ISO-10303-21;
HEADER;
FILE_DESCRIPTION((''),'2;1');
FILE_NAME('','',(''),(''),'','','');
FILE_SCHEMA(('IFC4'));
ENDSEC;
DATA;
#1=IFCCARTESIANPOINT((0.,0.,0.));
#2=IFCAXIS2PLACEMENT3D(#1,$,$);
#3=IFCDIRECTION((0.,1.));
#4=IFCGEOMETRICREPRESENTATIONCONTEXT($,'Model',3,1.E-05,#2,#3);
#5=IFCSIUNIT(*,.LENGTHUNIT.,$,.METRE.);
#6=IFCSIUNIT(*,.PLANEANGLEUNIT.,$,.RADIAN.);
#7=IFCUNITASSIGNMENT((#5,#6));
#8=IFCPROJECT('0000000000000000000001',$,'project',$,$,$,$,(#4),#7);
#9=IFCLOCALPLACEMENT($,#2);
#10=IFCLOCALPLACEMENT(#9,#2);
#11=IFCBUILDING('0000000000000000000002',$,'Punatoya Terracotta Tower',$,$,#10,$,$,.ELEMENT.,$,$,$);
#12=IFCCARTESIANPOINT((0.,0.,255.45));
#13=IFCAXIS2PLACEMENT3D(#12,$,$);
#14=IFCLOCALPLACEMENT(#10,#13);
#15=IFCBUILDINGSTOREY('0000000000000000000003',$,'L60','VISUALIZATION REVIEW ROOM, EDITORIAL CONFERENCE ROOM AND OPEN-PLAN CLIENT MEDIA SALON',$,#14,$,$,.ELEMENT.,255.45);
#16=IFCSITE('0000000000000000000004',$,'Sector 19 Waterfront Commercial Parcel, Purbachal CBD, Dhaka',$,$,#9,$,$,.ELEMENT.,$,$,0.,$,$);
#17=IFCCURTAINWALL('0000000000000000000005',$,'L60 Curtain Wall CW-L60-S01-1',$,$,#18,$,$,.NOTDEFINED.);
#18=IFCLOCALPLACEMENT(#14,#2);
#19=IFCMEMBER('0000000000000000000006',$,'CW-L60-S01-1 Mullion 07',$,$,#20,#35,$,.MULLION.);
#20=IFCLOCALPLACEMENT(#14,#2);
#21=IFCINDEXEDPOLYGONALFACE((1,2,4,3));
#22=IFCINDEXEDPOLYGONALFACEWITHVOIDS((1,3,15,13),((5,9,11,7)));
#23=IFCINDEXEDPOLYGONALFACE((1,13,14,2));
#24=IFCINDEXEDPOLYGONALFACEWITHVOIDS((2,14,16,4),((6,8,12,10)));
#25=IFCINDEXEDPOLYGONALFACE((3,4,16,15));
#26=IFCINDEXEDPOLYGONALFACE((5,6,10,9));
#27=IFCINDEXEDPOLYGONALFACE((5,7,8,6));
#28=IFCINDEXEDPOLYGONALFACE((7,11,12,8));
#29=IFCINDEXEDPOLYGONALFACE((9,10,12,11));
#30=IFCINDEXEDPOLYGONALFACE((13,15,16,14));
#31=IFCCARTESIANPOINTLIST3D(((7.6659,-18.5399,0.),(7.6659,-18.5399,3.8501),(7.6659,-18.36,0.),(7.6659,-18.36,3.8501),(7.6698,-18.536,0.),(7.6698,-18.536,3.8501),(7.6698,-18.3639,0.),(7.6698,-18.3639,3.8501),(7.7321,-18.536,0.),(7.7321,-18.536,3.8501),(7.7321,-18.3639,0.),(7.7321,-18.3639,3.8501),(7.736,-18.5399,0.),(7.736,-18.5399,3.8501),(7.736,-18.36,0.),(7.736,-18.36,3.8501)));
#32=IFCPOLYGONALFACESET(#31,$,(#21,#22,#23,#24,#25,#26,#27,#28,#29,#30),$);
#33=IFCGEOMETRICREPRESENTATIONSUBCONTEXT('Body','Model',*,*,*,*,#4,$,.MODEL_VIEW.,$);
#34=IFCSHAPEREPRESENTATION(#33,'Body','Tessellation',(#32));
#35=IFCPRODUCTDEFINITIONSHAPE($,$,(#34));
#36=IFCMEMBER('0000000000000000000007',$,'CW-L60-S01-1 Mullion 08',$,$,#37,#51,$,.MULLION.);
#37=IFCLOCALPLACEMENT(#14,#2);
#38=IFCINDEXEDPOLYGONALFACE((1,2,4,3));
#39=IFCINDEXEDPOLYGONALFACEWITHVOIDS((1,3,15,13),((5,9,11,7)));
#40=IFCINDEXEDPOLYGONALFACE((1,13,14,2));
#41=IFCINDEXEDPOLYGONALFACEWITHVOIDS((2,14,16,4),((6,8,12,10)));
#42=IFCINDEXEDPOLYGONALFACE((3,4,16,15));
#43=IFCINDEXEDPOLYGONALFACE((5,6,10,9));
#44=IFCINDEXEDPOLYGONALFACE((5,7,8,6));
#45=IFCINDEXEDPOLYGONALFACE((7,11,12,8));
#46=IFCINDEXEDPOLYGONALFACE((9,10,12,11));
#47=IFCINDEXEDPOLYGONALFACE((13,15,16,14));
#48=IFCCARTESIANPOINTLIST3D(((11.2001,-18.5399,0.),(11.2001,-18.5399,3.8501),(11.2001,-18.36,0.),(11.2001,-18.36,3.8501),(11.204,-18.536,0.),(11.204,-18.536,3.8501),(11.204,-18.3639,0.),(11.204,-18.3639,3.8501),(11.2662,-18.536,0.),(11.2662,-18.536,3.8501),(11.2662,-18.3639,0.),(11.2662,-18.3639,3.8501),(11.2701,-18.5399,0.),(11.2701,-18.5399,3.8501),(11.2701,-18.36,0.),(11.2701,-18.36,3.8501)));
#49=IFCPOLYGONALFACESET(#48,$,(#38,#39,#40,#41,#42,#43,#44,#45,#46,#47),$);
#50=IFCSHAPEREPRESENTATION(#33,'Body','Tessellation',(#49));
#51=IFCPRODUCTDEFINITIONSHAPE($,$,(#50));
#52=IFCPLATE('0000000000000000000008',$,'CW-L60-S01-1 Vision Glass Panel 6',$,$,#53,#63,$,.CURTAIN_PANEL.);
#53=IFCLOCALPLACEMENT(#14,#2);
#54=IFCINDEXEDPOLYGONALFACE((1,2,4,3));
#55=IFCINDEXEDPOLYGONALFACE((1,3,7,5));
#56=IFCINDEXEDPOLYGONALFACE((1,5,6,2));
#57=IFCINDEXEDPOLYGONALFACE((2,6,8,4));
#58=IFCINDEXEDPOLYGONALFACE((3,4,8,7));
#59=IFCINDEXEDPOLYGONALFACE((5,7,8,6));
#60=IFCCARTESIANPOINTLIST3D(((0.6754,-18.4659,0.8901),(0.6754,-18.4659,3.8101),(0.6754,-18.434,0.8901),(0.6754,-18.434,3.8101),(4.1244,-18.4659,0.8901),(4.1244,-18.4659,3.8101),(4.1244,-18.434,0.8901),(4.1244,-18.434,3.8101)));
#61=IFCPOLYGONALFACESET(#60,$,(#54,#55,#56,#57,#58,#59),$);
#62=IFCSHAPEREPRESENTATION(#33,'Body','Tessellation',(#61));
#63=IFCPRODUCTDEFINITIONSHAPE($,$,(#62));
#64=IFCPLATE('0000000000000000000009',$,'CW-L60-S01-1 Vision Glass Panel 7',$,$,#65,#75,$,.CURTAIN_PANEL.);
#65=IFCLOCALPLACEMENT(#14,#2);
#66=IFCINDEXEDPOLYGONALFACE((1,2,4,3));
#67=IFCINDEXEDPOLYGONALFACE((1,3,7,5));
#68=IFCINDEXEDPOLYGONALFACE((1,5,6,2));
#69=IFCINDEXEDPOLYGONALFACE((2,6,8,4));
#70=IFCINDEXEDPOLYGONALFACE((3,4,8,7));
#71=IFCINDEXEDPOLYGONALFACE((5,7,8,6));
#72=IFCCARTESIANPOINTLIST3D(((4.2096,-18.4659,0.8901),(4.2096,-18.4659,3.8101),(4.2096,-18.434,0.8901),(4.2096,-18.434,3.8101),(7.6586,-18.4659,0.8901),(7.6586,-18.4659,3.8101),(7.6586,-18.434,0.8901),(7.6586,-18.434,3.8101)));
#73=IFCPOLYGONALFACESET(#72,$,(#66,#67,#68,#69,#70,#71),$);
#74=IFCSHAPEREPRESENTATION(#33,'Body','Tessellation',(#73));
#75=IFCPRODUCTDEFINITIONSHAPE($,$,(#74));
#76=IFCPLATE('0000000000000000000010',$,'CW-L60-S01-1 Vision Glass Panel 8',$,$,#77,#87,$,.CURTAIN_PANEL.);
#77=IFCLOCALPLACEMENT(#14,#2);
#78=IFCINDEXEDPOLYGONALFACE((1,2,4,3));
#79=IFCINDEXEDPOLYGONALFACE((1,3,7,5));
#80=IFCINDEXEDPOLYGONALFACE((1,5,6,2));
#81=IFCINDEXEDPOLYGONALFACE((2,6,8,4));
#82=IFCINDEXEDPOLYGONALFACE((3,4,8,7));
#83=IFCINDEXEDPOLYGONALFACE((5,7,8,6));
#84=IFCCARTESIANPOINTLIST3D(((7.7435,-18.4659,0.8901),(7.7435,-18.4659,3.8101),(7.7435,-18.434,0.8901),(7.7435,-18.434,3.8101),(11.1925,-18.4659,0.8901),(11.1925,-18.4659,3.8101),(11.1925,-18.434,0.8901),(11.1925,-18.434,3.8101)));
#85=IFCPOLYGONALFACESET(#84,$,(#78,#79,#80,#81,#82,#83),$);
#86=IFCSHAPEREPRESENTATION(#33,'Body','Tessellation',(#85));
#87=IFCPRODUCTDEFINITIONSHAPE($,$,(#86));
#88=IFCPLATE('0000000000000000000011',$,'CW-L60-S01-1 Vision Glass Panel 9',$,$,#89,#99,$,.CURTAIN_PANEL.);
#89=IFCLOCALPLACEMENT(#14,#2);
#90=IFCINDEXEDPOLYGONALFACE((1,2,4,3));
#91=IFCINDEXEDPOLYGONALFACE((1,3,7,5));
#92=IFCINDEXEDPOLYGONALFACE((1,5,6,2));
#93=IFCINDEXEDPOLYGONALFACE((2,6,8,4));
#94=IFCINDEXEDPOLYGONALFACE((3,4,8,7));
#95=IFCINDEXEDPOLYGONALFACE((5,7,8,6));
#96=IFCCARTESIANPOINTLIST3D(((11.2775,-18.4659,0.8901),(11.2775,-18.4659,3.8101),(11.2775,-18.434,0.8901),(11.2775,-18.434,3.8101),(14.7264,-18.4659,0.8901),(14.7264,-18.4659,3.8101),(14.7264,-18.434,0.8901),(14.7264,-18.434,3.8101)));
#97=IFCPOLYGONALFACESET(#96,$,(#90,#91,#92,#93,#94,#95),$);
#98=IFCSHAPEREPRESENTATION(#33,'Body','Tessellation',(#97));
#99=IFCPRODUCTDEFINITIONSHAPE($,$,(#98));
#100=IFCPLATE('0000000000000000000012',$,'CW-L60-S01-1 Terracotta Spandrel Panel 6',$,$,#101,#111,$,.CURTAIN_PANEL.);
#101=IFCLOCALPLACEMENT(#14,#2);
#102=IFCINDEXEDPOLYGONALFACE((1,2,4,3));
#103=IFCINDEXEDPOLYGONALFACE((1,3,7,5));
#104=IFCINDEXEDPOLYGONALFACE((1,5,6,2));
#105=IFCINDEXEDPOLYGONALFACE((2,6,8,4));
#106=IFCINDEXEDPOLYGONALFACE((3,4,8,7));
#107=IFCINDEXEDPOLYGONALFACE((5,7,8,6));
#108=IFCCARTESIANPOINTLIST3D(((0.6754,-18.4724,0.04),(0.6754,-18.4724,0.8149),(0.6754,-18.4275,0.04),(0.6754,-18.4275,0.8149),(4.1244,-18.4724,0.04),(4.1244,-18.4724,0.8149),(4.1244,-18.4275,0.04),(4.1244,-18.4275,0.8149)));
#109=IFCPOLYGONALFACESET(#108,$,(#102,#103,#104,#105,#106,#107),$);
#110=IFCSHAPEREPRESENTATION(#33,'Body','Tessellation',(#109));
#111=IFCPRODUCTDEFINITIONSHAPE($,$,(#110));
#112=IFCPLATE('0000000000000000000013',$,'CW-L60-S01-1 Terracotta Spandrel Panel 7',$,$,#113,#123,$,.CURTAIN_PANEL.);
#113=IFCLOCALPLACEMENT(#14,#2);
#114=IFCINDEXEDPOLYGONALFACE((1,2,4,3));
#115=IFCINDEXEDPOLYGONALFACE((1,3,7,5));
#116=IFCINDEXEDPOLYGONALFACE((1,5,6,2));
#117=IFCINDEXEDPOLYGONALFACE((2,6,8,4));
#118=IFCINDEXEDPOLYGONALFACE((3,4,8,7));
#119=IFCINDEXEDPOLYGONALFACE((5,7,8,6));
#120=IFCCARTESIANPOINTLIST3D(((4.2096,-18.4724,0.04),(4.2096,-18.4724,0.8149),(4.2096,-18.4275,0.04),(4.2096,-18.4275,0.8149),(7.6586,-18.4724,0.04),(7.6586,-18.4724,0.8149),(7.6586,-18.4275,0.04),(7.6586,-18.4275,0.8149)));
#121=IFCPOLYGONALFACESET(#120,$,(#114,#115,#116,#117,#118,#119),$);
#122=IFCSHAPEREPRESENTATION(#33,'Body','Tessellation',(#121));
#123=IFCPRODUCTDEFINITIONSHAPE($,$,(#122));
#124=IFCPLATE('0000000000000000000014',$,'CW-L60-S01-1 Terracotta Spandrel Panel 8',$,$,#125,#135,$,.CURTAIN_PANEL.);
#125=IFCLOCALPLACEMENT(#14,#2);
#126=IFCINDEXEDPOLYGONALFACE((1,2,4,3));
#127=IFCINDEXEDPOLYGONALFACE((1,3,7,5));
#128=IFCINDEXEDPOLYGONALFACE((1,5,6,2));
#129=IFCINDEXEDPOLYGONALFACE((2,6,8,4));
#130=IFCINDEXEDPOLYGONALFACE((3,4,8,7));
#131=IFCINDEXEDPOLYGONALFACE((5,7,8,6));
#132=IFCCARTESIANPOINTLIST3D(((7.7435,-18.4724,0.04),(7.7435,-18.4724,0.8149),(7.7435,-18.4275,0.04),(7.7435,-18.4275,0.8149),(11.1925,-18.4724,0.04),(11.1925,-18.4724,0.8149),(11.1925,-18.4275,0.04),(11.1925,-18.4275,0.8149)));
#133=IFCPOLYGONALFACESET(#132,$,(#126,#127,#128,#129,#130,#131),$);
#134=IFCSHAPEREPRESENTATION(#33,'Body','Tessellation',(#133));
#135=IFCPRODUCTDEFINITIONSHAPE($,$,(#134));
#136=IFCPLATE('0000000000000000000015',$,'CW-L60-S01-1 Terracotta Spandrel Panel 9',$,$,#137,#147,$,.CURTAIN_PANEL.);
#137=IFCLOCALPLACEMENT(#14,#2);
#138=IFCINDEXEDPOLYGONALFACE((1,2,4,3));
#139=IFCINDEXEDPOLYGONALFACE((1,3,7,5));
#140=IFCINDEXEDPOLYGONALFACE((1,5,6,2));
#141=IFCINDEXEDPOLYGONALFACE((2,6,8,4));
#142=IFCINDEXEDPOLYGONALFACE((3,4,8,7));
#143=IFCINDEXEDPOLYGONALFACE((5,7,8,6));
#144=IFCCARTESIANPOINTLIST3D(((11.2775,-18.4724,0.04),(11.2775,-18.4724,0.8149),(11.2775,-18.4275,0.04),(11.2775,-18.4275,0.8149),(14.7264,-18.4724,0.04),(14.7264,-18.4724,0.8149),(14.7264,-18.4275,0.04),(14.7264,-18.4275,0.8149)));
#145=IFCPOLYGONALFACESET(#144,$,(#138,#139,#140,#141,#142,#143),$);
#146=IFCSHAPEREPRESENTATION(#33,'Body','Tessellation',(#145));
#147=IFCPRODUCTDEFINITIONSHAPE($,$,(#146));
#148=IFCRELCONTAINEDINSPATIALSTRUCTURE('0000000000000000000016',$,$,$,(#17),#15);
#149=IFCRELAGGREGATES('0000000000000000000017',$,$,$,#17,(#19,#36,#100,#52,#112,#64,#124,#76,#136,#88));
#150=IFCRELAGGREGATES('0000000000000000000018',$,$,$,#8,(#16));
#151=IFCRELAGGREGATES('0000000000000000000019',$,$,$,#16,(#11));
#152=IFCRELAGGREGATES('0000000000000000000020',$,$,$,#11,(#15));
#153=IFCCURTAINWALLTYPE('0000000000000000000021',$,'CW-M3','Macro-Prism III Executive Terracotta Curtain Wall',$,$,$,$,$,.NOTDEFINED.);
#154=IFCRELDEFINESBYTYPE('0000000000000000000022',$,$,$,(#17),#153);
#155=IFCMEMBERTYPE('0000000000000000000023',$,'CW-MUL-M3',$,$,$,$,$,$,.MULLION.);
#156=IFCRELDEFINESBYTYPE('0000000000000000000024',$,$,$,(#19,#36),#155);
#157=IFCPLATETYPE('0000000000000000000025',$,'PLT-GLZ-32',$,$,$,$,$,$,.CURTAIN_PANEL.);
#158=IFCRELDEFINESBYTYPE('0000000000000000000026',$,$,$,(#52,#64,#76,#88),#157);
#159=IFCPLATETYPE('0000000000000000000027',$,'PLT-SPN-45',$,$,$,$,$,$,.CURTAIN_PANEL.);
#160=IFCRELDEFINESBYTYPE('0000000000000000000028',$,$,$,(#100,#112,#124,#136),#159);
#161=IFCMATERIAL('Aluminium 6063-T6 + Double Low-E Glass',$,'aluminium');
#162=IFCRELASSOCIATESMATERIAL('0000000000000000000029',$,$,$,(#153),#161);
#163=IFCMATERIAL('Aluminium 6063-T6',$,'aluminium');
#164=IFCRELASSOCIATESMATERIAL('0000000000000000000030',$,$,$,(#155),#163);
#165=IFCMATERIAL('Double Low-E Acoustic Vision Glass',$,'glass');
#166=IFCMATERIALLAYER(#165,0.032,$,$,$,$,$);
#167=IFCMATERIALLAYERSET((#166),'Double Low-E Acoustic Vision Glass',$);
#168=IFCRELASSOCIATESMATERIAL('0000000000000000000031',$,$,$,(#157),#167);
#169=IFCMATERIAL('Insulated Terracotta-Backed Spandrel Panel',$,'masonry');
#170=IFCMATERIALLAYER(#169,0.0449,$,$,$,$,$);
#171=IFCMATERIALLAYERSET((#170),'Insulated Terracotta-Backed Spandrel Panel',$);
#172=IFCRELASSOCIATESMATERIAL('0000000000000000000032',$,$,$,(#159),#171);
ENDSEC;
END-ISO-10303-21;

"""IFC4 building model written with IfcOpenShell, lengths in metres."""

from ifc_helpers import new_model, si_unit, direction, frame, origin, origin_2d, place, context, subcontext, project, spatial, rectangle, hollow_rectangle, extrude, material, layer, layer_set, material_profile, profile_set, type_object, element, aggregate, save


model = new_model("IFC4")

# Units and contexts
model_context = context("Model", 3, precision=1e-05, world=origin(), true_north=direction((0.0, 1.0)))
body_context = subcontext(model_context, "Body", "Model", "MODEL_VIEW")
ifc_project = project(units=[si_unit("LENGTHUNIT", "METRE"), si_unit("PLANEANGLEUNIT", "RADIAN")], contexts=[model_context])

# Site, building, storey
site_placement = place(None, origin())
site = spatial("IfcSite", under=ifc_project, at=site_placement, Name="Sector 19 Waterfront Commercial Parcel, Purbachal CBD, Dhaka", CompositionType="ELEMENT", RefElevation=0.0)
building_placement = place(site_placement, origin())
building = spatial("IfcBuilding", under=site, at=building_placement, Name="Punatoya Terracotta Tower", CompositionType="ELEMENT")
storey_placement = place(building_placement, frame((0.0, 0.0, 255.45)))
storey = spatial("IfcBuildingStorey", under=building, at=storey_placement, Name="L60", Description="VISUALIZATION REVIEW ROOM, EDITORIAL CONFERENCE ROOM AND OPEN-PLAN CLIENT MEDIA SALON", CompositionType="ELEMENT", Elevation=255.45)

# Curtain wall, members, plates
ifc_material_1 = material(Name="Aluminium 6063-T6 + Double Low-E Glass", Category="aluminium")
curtain_wall_type = type_object("IfcCurtainWallType", Name="CW-M3", Description="Macro-Prism III Executive Terracotta Curtain Wall", PredefinedType="NOTDEFINED", material=ifc_material_1)
curtain_wall_placement = place(storey_placement, origin())
curtain_wall = element("IfcCurtainWall", 1, at=curtain_wall_placement, inside=storey, type_object=curtain_wall_type, Name="L60 Curtain Wall CW-L60-S01-1", PredefinedType="NOTDEFINED")
ifc_material_2 = material(Name="Aluminium 6063-T6", Category="aluminium")
ifc_material_profile_1 = material_profile(ifc_material_2, hollow_rectangle(XDim=0.0701, YDim=0.1799, WallThickness=0.0039, at=origin_2d()))
ifc_profile_set_1 = profile_set([ifc_material_profile_1], Name="Aluminium 6063-T6")
member_type = type_object("IfcMemberType", Name="CW-MUL-M3", PredefinedType="MULLION", material=ifc_profile_set_1)
member_1_placement = place(storey_placement, frame((7.7009, -18.45, 0.0), z_axis=(0.0, 0.0, 1.0), x_axis=(1.0, 0.0, 0.0)))
member_1 = element("IfcMember", 2, at=member_1_placement, type_object=member_type, Name="CW-L60-S01-1 Mullion 07", PredefinedType="MULLION", context=body_context, shape_type="SweptSolid", body=[
    extrude(hollow_rectangle(XDim=0.0701, YDim=0.1799, WallThickness=0.0039, at=origin_2d()), origin(), (0.0, 0.0, 1.0), 3.8501),
])
member_2_placement = place(storey_placement, frame((11.2351, -18.45, 0.0), z_axis=(0.0, 0.0, 1.0), x_axis=(1.0, 0.0, 0.0)))
member_2 = element("IfcMember", 3, at=member_2_placement, type_object=member_type, Name="CW-L60-S01-1 Mullion 08", PredefinedType="MULLION", context=body_context, shape_type="SweptSolid", body=[
    extrude(hollow_rectangle(XDim=0.0701, YDim=0.1799, WallThickness=0.0039, at=origin_2d()), origin(), (0.0, 0.0, 1.0), 3.8501),
])
ifc_material_3 = material(Name="Double Low-E Acoustic Vision Glass", Category="glass")
ifc_layer_1 = layer(ifc_material_3, 0.032)
ifc_layer_set_1 = layer_set([ifc_layer_1], Name="Double Low-E Acoustic Vision Glass")
plate_type_1 = type_object("IfcPlateType", Name="PLT-GLZ-32", PredefinedType="CURTAIN_PANEL", material=ifc_layer_set_1)
plate_1_placement = place(storey_placement, frame((2.3999, -18.45, 0.8901), z_axis=(0.0, 0.0, 1.0), x_axis=(1.0, 0.0, 0.0)))
plate_1 = element("IfcPlate", 4, at=plate_1_placement, type_object=plate_type_1, Name="CW-L60-S01-1 Vision Glass Panel 6", PredefinedType="CURTAIN_PANEL", context=body_context, shape_type="SweptSolid", body=[
    extrude(rectangle(XDim=3.449, YDim=0.032, at=origin_2d()), origin(), (0.0, 0.0, 1.0), 2.9199),
])
plate_2_placement = place(storey_placement, frame((5.9341, -18.45, 0.8901), z_axis=(0.0, 0.0, 1.0), x_axis=(1.0, 0.0, 0.0)))
plate_2 = element("IfcPlate", 5, at=plate_2_placement, type_object=plate_type_1, Name="CW-L60-S01-1 Vision Glass Panel 7", PredefinedType="CURTAIN_PANEL", context=body_context, shape_type="SweptSolid", body=[
    extrude(rectangle(XDim=3.449, YDim=0.032, at=origin_2d()), origin(), (0.0, 0.0, 1.0), 2.9199),
])
plate_3_placement = place(storey_placement, frame((9.468, -18.45, 0.8901), z_axis=(0.0, 0.0, 1.0), x_axis=(1.0, 0.0, 0.0)))
plate_3 = element("IfcPlate", 6, at=plate_3_placement, type_object=plate_type_1, Name="CW-L60-S01-1 Vision Glass Panel 8", PredefinedType="CURTAIN_PANEL", context=body_context, shape_type="SweptSolid", body=[
    extrude(rectangle(XDim=3.449, YDim=0.032, at=origin_2d()), origin(), (0.0, 0.0, 1.0), 2.9199),
])
plate_4_placement = place(storey_placement, frame((13.002, -18.45, 0.8901), z_axis=(0.0, 0.0, 1.0), x_axis=(1.0, 0.0, 0.0)))
plate_4 = element("IfcPlate", 7, at=plate_4_placement, type_object=plate_type_1, Name="CW-L60-S01-1 Vision Glass Panel 9", PredefinedType="CURTAIN_PANEL", context=body_context, shape_type="SweptSolid", body=[
    extrude(rectangle(XDim=3.449, YDim=0.032, at=origin_2d()), origin(), (0.0, 0.0, 1.0), 2.9199),
])
ifc_material_4 = material(Name="Insulated Terracotta-Backed Spandrel Panel", Category="masonry")
ifc_layer_2 = layer(ifc_material_4, 0.0449)
ifc_layer_set_2 = layer_set([ifc_layer_2], Name="Insulated Terracotta-Backed Spandrel Panel")
plate_type_2 = type_object("IfcPlateType", Name="PLT-SPN-45", PredefinedType="CURTAIN_PANEL", material=ifc_layer_set_2)
plate_5_placement = place(storey_placement, frame((2.3999, -18.45, 0.04), z_axis=(0.0, 0.0, 1.0), x_axis=(1.0, 0.0, 0.0)))
plate_5 = element("IfcPlate", 8, at=plate_5_placement, type_object=plate_type_2, Name="CW-L60-S01-1 Terracotta Spandrel Panel 6", PredefinedType="CURTAIN_PANEL", context=body_context, shape_type="SweptSolid", body=[
    extrude(rectangle(XDim=3.449, YDim=0.0449, at=origin_2d()), origin(), (0.0, 0.0, 1.0), 0.7749),
])
plate_6_placement = place(storey_placement, frame((5.9341, -18.45, 0.04), z_axis=(0.0, 0.0, 1.0), x_axis=(1.0, 0.0, 0.0)))
plate_6 = element("IfcPlate", 9, at=plate_6_placement, type_object=plate_type_2, Name="CW-L60-S01-1 Terracotta Spandrel Panel 7", PredefinedType="CURTAIN_PANEL", context=body_context, shape_type="SweptSolid", body=[
    extrude(rectangle(XDim=3.449, YDim=0.0449, at=origin_2d()), origin(), (0.0, 0.0, 1.0), 0.7749),
])
plate_7_placement = place(storey_placement, frame((9.468, -18.45, 0.04), z_axis=(0.0, 0.0, 1.0), x_axis=(1.0, 0.0, 0.0)))
plate_7 = element("IfcPlate", 10, at=plate_7_placement, type_object=plate_type_2, Name="CW-L60-S01-1 Terracotta Spandrel Panel 8", PredefinedType="CURTAIN_PANEL", context=body_context, shape_type="SweptSolid", body=[
    extrude(rectangle(XDim=3.449, YDim=0.0449, at=origin_2d()), origin(), (0.0, 0.0, 1.0), 0.7749),
])
plate_8_placement = place(storey_placement, frame((13.002, -18.45, 0.04), z_axis=(0.0, 0.0, 1.0), x_axis=(1.0, 0.0, 0.0)))
plate_8 = element("IfcPlate", 11, at=plate_8_placement, type_object=plate_type_2, Name="CW-L60-S01-1 Terracotta Spandrel Panel 9", PredefinedType="CURTAIN_PANEL", context=body_context, shape_type="SweptSolid", body=[
    extrude(rectangle(XDim=3.449, YDim=0.0449, at=origin_2d()), origin(), (0.0, 0.0, 1.0), 0.7749),
])
aggregate(curtain_wall, [member_1, member_2, plate_5, plate_1, plate_6, plate_2, plate_7, plate_3, plate_8, plate_4])

save(model, "model.ifc")
